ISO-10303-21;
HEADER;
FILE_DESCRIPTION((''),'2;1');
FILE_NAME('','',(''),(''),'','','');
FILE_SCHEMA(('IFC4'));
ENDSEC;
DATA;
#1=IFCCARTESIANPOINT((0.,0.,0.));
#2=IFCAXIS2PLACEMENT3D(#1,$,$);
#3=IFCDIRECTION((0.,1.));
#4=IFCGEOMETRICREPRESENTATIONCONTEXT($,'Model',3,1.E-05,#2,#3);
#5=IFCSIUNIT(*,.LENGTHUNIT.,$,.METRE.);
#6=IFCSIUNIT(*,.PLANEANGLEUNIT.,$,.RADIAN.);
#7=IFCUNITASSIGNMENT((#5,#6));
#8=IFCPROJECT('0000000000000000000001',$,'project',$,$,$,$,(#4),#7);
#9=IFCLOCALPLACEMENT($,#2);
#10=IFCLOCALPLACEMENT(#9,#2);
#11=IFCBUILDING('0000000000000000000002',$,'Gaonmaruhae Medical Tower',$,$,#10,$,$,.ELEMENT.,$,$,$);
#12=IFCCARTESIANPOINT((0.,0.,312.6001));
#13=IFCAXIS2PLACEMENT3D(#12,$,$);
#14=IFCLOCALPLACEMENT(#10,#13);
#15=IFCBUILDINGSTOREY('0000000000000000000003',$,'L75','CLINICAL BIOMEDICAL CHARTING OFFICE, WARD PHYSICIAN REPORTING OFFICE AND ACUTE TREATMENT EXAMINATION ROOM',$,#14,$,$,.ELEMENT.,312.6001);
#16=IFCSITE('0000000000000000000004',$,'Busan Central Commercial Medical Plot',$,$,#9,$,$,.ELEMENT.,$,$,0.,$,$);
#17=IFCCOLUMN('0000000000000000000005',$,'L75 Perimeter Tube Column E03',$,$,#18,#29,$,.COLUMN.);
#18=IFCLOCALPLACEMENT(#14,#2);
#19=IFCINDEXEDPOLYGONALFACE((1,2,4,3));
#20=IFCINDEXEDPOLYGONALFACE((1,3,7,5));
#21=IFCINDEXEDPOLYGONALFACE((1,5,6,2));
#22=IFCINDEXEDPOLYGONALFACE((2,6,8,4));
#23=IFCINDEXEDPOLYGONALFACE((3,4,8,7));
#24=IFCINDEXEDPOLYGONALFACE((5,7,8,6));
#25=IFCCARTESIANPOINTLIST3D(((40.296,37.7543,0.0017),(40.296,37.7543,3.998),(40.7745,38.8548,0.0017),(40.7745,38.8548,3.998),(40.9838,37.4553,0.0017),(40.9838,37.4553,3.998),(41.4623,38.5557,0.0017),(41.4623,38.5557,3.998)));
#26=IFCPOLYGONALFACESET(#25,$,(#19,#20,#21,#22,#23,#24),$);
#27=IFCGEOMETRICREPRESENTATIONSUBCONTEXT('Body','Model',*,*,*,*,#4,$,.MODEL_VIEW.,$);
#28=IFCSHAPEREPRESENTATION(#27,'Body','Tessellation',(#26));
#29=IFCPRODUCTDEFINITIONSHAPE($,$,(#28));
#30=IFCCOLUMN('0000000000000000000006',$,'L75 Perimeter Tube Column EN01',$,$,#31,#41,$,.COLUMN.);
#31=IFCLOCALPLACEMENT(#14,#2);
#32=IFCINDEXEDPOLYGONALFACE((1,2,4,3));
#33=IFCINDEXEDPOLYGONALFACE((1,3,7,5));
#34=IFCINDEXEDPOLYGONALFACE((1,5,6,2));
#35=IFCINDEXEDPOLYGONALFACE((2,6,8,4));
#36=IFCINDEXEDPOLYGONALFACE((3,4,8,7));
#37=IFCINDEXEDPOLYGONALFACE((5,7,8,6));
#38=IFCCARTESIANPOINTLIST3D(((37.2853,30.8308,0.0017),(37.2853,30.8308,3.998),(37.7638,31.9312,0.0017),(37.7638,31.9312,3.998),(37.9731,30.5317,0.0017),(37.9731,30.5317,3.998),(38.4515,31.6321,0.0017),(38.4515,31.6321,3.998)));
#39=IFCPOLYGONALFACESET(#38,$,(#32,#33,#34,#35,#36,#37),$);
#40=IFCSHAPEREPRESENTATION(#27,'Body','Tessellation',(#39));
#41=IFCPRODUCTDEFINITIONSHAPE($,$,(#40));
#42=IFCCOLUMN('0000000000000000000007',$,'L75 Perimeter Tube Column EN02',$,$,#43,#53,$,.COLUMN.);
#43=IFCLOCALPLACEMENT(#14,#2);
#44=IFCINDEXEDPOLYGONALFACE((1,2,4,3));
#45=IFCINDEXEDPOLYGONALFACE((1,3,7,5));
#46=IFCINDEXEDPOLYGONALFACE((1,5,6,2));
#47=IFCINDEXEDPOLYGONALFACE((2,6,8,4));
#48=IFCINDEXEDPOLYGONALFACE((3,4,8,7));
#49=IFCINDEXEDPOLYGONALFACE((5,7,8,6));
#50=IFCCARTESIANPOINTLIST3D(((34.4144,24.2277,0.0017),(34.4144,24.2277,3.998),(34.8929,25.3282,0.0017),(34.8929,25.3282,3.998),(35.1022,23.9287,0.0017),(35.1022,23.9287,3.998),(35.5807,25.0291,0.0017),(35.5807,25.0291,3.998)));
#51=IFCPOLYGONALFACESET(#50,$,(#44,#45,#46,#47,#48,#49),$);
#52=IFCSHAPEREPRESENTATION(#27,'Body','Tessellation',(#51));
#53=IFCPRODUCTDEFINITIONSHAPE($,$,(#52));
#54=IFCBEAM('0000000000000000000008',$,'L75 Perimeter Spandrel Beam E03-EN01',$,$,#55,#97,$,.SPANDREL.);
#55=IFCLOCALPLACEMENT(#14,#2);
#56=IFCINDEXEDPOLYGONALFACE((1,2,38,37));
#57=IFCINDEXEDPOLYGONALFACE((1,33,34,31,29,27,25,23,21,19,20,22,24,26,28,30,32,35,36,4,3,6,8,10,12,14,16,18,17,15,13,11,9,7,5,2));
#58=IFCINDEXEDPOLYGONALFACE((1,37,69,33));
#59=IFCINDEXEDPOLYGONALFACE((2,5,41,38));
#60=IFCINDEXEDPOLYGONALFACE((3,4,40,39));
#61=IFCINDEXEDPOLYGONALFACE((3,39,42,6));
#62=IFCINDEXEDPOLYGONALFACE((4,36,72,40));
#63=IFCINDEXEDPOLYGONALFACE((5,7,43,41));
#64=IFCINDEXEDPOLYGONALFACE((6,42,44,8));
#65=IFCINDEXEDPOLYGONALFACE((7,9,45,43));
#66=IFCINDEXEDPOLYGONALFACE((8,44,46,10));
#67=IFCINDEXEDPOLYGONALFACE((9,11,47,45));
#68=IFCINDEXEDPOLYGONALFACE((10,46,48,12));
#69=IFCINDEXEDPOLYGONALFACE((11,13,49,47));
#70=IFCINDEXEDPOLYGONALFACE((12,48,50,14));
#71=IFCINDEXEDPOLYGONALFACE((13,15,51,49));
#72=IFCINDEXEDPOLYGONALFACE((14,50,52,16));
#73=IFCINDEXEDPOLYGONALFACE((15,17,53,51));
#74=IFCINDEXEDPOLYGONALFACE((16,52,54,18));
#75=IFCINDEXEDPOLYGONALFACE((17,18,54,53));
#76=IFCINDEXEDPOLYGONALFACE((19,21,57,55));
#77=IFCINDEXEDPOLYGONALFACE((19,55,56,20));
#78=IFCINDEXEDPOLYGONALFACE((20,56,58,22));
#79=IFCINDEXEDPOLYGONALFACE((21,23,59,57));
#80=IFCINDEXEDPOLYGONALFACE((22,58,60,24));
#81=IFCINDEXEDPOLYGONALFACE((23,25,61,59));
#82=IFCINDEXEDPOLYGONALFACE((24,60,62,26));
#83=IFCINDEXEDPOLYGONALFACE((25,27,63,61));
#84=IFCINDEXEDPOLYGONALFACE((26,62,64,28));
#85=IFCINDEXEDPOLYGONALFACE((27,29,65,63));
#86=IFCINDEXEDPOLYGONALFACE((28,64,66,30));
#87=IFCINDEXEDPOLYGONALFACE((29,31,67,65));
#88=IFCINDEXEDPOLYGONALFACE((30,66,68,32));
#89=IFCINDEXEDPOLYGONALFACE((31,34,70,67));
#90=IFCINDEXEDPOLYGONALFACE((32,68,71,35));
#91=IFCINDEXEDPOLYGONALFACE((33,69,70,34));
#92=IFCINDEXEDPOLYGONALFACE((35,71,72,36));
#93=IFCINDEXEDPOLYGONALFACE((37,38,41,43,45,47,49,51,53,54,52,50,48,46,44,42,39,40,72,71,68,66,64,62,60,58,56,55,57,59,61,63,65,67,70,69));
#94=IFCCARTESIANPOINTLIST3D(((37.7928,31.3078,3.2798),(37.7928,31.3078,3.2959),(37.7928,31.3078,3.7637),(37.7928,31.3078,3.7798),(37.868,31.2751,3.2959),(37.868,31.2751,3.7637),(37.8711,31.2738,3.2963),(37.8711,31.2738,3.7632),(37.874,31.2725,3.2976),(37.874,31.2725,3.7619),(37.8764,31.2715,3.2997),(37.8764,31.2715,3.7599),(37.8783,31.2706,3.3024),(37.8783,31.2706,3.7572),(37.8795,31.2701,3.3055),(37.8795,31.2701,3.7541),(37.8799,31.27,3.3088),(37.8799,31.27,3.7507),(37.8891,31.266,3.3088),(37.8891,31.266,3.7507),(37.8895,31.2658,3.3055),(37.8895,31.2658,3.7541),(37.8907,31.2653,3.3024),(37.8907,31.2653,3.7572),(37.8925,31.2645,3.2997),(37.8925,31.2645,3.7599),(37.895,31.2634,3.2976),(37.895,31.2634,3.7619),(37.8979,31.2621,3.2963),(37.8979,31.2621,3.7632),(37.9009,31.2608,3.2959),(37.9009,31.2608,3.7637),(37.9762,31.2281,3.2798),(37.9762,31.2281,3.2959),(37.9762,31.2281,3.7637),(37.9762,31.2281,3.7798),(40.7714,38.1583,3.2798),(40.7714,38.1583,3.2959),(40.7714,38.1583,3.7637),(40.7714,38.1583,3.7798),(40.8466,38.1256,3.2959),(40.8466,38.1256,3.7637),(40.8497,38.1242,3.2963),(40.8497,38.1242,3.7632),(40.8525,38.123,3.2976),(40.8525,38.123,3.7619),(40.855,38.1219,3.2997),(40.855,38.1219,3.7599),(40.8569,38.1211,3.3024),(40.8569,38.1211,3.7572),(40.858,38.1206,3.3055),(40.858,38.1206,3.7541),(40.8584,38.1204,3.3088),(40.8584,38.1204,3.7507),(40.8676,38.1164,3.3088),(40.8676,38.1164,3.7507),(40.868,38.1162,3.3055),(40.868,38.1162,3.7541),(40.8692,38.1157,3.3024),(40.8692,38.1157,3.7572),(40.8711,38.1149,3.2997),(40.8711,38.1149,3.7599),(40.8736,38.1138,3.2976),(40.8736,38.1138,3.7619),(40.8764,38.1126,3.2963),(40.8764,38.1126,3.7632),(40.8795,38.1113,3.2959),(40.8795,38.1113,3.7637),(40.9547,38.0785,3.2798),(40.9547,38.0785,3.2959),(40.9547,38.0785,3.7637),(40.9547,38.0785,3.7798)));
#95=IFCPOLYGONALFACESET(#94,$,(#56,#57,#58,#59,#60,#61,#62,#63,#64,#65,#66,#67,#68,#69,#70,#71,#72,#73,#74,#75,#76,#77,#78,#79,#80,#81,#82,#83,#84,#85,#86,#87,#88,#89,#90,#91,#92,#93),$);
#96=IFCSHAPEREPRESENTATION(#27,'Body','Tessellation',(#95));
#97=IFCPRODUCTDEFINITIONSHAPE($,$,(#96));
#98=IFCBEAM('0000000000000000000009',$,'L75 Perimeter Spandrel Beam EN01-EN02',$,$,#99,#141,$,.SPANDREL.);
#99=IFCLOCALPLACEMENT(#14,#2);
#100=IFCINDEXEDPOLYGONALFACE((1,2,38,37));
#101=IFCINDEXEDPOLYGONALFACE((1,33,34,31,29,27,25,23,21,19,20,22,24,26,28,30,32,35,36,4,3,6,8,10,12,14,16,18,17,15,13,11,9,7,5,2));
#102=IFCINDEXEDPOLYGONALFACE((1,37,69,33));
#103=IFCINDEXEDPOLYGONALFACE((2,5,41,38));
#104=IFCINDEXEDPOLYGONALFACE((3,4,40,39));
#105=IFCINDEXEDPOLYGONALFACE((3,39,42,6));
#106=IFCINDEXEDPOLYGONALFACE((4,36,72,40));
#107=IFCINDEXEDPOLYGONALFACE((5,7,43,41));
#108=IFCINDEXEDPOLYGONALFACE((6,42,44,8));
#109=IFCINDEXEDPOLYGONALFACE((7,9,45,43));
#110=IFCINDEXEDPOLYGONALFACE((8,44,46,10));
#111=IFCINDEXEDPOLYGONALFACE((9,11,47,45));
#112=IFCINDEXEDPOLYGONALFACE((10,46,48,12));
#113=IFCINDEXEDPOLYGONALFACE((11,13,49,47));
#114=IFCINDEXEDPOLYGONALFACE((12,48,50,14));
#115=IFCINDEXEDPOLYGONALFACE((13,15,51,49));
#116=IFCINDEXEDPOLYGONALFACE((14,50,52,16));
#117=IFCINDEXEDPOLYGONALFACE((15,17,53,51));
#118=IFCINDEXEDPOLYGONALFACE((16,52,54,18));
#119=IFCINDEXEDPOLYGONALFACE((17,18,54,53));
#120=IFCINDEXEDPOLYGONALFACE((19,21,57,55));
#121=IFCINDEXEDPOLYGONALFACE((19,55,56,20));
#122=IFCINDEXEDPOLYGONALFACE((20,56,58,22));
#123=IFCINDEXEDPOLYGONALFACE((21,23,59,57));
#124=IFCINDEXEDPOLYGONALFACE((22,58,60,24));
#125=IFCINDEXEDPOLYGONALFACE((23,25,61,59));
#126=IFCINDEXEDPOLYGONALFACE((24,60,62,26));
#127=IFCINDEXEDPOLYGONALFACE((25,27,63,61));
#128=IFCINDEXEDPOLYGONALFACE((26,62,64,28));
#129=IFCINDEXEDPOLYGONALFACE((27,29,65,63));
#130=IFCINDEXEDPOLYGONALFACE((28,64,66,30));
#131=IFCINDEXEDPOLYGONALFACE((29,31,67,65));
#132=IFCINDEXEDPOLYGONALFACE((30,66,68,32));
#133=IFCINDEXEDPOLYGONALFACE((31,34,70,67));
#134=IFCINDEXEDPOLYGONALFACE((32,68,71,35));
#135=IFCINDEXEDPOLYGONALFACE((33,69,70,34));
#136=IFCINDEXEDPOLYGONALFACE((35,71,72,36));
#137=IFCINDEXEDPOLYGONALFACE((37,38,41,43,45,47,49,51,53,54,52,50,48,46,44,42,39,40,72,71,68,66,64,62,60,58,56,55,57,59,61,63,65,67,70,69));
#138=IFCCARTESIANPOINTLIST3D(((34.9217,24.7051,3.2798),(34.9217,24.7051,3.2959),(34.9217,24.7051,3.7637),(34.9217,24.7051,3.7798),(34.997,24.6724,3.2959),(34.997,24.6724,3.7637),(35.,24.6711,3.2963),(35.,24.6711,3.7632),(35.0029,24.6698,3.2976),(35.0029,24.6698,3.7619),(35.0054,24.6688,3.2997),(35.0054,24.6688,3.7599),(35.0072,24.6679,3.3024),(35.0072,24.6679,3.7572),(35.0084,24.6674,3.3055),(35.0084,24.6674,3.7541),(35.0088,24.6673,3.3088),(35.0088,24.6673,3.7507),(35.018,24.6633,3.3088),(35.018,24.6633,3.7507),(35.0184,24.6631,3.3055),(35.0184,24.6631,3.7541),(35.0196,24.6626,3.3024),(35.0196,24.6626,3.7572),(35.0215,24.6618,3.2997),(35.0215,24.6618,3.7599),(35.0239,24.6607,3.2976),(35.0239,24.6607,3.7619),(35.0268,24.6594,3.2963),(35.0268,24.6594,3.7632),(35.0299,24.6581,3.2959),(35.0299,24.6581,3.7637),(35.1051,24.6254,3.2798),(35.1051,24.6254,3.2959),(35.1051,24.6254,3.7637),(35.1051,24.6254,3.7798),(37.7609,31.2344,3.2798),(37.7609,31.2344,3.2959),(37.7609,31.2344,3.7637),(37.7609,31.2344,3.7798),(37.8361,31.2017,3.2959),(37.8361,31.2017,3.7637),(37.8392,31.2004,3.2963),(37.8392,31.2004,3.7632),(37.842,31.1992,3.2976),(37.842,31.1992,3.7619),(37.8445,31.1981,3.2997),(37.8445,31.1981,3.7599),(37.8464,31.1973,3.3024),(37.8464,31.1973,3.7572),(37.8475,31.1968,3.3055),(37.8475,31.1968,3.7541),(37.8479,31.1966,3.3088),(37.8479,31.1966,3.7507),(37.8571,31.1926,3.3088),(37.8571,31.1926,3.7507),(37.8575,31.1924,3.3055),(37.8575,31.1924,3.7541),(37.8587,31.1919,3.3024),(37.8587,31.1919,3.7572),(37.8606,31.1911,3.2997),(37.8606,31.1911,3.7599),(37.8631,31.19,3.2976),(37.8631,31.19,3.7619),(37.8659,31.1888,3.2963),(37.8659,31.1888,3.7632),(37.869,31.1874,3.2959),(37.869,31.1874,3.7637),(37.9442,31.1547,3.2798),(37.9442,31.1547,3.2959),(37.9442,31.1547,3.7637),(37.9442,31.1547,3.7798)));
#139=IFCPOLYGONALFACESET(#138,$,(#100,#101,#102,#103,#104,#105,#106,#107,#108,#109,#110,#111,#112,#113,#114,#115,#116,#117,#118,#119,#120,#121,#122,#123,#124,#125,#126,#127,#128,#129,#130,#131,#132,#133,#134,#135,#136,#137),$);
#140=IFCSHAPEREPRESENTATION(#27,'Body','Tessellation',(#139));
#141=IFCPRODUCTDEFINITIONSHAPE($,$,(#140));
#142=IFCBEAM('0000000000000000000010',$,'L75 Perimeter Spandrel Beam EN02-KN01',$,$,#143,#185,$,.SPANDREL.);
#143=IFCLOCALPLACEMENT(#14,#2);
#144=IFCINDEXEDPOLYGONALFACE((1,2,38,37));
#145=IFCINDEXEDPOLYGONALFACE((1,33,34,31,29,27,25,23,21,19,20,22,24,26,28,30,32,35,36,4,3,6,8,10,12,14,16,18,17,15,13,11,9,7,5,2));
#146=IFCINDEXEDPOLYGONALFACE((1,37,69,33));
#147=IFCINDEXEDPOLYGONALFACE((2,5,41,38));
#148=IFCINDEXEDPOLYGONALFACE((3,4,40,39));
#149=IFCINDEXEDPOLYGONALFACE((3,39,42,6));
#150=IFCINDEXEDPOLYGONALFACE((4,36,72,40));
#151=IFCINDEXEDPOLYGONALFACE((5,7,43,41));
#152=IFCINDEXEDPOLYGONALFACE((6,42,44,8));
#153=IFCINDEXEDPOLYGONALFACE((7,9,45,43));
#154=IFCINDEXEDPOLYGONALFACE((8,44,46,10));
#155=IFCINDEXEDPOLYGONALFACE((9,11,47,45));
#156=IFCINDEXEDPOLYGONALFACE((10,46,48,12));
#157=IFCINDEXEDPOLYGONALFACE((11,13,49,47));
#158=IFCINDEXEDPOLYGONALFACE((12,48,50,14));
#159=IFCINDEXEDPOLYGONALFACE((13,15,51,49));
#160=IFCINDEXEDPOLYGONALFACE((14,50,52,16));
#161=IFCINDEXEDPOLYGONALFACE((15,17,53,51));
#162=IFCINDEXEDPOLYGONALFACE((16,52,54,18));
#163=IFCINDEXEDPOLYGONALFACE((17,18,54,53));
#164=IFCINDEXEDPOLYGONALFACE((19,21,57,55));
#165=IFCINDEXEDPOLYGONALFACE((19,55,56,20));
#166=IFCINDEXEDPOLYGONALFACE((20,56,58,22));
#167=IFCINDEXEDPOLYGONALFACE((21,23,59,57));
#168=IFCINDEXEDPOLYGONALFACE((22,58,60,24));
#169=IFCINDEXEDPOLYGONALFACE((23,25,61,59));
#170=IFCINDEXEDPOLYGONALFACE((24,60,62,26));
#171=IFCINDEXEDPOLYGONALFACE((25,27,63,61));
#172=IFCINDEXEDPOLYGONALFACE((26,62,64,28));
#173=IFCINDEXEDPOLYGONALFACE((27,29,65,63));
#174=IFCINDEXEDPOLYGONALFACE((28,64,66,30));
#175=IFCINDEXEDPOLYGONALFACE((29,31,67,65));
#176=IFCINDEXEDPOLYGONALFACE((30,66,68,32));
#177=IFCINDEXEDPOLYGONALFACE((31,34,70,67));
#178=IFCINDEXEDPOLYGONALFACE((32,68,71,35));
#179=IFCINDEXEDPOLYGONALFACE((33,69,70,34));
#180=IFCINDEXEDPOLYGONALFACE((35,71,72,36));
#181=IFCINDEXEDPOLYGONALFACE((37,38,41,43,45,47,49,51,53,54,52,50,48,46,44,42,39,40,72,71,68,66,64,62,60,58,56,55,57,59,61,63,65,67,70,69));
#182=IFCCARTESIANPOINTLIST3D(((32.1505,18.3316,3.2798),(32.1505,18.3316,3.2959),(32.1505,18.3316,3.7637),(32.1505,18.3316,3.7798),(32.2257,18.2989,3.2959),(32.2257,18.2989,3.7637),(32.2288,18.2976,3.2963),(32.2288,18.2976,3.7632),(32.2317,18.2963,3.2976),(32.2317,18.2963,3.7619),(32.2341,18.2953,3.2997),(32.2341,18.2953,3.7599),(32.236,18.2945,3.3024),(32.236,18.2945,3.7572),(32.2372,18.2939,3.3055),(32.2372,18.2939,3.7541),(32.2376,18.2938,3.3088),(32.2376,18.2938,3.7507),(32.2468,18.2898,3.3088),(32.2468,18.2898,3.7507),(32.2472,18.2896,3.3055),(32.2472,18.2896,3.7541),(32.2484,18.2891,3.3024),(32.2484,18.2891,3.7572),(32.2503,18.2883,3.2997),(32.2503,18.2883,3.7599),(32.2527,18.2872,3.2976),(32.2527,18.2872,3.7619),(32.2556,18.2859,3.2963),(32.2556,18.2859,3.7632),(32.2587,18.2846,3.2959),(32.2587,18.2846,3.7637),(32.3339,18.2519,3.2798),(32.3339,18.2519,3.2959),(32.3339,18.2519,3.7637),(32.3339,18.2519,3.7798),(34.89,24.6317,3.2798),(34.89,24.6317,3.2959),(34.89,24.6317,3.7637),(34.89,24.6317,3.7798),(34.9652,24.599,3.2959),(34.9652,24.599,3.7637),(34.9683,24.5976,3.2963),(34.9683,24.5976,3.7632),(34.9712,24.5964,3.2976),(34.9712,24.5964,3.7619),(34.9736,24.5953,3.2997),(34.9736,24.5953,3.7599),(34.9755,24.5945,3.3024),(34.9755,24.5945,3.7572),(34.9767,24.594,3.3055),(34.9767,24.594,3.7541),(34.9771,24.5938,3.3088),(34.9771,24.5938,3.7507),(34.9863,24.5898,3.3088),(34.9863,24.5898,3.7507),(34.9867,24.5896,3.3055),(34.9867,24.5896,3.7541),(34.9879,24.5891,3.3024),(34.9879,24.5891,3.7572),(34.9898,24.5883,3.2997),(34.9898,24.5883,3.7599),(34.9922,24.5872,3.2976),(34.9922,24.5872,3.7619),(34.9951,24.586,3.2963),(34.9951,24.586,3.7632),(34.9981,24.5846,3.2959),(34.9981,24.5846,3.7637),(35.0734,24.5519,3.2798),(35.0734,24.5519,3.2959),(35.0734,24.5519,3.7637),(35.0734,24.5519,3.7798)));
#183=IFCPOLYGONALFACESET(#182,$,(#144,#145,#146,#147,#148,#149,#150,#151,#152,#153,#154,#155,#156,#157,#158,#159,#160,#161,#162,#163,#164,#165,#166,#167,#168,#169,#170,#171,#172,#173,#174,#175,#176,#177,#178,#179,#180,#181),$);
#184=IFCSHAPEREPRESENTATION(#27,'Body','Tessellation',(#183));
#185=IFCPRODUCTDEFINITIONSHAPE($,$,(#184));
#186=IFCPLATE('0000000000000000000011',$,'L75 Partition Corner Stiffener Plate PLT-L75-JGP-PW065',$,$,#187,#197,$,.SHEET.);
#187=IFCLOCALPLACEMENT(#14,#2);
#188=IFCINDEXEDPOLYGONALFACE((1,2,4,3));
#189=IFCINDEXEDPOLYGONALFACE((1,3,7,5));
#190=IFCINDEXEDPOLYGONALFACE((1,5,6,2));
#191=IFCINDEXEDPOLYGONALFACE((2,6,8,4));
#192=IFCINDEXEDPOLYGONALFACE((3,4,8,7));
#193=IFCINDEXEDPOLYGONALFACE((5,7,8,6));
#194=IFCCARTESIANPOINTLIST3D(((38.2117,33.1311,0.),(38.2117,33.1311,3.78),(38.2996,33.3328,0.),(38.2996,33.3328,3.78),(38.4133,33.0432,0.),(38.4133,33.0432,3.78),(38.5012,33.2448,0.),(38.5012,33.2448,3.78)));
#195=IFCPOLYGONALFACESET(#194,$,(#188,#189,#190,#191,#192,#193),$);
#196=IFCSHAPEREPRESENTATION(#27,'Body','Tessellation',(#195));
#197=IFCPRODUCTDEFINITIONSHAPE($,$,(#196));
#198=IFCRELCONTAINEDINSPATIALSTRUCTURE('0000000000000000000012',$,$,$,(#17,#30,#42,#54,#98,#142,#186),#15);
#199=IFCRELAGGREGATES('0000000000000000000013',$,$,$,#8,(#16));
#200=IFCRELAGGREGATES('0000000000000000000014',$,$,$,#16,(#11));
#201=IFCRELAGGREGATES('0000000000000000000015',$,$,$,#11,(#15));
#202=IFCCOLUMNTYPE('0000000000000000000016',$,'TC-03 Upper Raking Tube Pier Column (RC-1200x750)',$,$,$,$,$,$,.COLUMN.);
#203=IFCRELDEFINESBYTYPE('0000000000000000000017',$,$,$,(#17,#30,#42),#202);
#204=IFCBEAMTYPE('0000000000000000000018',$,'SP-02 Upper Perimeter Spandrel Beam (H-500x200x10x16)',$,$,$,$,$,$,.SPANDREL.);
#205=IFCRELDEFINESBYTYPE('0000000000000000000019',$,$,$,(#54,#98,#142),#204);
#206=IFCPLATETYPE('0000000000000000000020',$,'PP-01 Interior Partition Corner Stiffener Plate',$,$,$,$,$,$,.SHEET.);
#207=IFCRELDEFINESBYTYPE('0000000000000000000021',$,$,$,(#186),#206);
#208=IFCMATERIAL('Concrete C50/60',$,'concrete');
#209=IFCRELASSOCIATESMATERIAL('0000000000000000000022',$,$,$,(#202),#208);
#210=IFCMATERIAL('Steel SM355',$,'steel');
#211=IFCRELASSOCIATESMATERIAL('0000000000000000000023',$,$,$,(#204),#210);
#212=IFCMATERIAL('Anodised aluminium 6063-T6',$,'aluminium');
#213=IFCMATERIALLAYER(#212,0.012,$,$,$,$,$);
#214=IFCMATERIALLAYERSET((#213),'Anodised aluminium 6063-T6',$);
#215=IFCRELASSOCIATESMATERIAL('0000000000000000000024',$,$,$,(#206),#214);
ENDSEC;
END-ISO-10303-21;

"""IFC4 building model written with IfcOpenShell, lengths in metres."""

from ifc_helpers import new_model, si_unit, direction, frame, origin, origin_2d, place, context, subcontext, project, spatial, rectangle, i_section, extrude, material, layer, layer_set, material_profile, profile_set, type_object, element, save


model = new_model("IFC4")

# Units and contexts
model_context = context("Model", 3, precision=1e-05, world=origin(), true_north=direction((0.0, 1.0)))
body_context = subcontext(model_context, "Body", "Model", "MODEL_VIEW")
ifc_project = project(units=[si_unit("LENGTHUNIT", "METRE"), si_unit("PLANEANGLEUNIT", "RADIAN")], contexts=[model_context])

# Site, building, storey
site_placement = place(None, origin())
site = spatial("IfcSite", under=ifc_project, at=site_placement, Name="Busan Central Commercial Medical Plot", CompositionType="ELEMENT", RefElevation=0.0)
building_placement = place(site_placement, origin())
building = spatial("IfcBuilding", under=site, at=building_placement, Name="Gaonmaruhae Medical Tower", CompositionType="ELEMENT")
storey_placement = place(building_placement, frame((0.0, 0.0, 312.6001)))
storey = spatial("IfcBuildingStorey", under=building, at=storey_placement, Name="L75", Description="CLINICAL BIOMEDICAL CHARTING OFFICE, WARD PHYSICIAN REPORTING OFFICE AND ACUTE TREATMENT EXAMINATION ROOM", CompositionType="ELEMENT", Elevation=312.6001)

# Columns
ifc_material_1 = material(Name="Concrete C50/60", Category="concrete")
ifc_material_profile_1 = material_profile(ifc_material_1, rectangle(XDim=1.2, YDim=0.75, at=origin_2d()), Name="RC-1200x750")
ifc_profile_set_1 = profile_set([ifc_material_profile_1], Name="Concrete C50/60")
column_type = type_object("IfcColumnType", Name="TC-03 Upper Raking Tube Pier Column (RC-1200x750)", PredefinedType="COLUMN", material=ifc_profile_set_1)
for number, where, z_axis, x_axis, name in (
    (1, (40.8792, 38.155, 0.0017), (0.0, 0.0, 1.0), (0.398749, 0.91706, 0.0), "L75 Perimeter Tube Column E03"),
    (2, (37.8684, 31.2314, 0.0017), (0.0, 0.0, 1.0), (0.398749, 0.91706, 0.0), "L75 Perimeter Tube Column EN01"),
    (3, (34.9976, 24.6284, 0.0017), (0.0, 0.0, 1.0), (0.398749, 0.91706, 0.0), "L75 Perimeter Tube Column EN02"),
):
    element("IfcColumn", number, at=place(storey_placement, frame(where, z_axis=z_axis, x_axis=x_axis)), inside=storey, type_object=column_type, Name=name, PredefinedType="COLUMN", context=body_context, shape_type="SweptSolid", body=[
        extrude(rectangle(XDim=1.2, YDim=0.75, at=origin_2d()), origin(), (0.0, 0.0, 1.0), 3.9963),
    ])

# Beams
ifc_material_2 = material(Name="Steel SM355", Category="steel")
ifc_material_profile_2 = material_profile(ifc_material_2, i_section(OverallWidth=0.2, OverallDepth=0.5, WebThickness=0.01, FlangeThickness=0.0161, FilletRadius=0.0129, at=origin_2d()), Name="H-500x200x10x16")
ifc_profile_set_2 = profile_set([ifc_material_profile_2], Name="Steel SM355")
beam_type = type_object("IfcBeamType", Name="SP-02 Upper Perimeter Spandrel Beam (H-500x200x10x16)", PredefinedType="SPANDREL", material=ifc_profile_set_2)
beam_1_placement = place(storey_placement, frame((40.863, 38.1184, 3.5298), z_axis=(-0.398738, -0.917065, 0.0), x_axis=(0.917065, -0.398738, 0.0)))
element("IfcBeam", 4, at=beam_1_placement, inside=storey, type_object=beam_type, Name="L75 Perimeter Spandrel Beam E03-EN01", PredefinedType="SPANDREL", context=body_context, shape_type="SweptSolid", body=[
    extrude(i_section(OverallWidth=0.2, OverallDepth=0.5, WebThickness=0.01, FlangeThickness=0.0161, FilletRadius=0.0129, at=origin_2d()), origin(), (0.0, 0.0, 1.0), 7.47),
])
beam_2_placement = place(storey_placement, frame((37.8525, 31.1946, 3.5298), z_axis=(-0.39876, -0.917055, 0.0), x_axis=(0.917055, -0.39876, 0.0)))
element("IfcBeam", 5, at=beam_2_placement, inside=storey, type_object=beam_type, Name="L75 Perimeter Spandrel Beam EN01-EN02", PredefinedType="SPANDREL", context=body_context, shape_type="SweptSolid", body=[
    extrude(i_section(OverallWidth=0.2, OverallDepth=0.5, WebThickness=0.01, FlangeThickness=0.0161, FilletRadius=0.0129, at=origin_2d()), origin(), (0.0, 0.0, 1.0), 7.1199),
])
beam_3_placement = place(storey_placement, frame((34.9817, 24.5918, 3.5298), z_axis=(-0.398769, -0.917051, 0.0), x_axis=(0.917051, -0.398769, 0.0)))
element("IfcBeam", 6, at=beam_3_placement, inside=storey, type_object=beam_type, Name="L75 Perimeter Spandrel Beam EN02-KN01", PredefinedType="SPANDREL", context=body_context, shape_type="SweptSolid", body=[
    extrude(i_section(OverallWidth=0.2, OverallDepth=0.5, WebThickness=0.01, FlangeThickness=0.0161, FilletRadius=0.0129, at=origin_2d()), origin(), (0.0, 0.0, 1.0), 6.8699),
])

# Plate
ifc_material_3 = material(Name="Anodised aluminium 6063-T6", Category="aluminium")
ifc_layer_1 = layer(ifc_material_3, 0.012)
ifc_layer_set_1 = layer_set([ifc_layer_1], Name="Anodised aluminium 6063-T6")
plate_type = type_object("IfcPlateType", Name="PP-01 Interior Partition Corner Stiffener Plate", PredefinedType="SHEET", material=ifc_layer_set_1)
plate_placement = place(storey_placement, frame((38.3564, 33.188, 0.0), z_axis=(0.0, 0.0, 1.0), x_axis=(0.916628, -0.399741, 0.0)))
element("IfcPlate", 7, at=plate_placement, inside=storey, type_object=plate_type, Name="L75 Partition Corner Stiffener Plate PLT-L75-JGP-PW065", PredefinedType="SHEET", context=body_context, shape_type="SweptSolid", body=[
    extrude(rectangle(XDim=0.22, YDim=0.22, at=origin_2d()), origin(), (0.0, 0.0, 1.0), 3.78),
])

save(model, "model.ifc")
